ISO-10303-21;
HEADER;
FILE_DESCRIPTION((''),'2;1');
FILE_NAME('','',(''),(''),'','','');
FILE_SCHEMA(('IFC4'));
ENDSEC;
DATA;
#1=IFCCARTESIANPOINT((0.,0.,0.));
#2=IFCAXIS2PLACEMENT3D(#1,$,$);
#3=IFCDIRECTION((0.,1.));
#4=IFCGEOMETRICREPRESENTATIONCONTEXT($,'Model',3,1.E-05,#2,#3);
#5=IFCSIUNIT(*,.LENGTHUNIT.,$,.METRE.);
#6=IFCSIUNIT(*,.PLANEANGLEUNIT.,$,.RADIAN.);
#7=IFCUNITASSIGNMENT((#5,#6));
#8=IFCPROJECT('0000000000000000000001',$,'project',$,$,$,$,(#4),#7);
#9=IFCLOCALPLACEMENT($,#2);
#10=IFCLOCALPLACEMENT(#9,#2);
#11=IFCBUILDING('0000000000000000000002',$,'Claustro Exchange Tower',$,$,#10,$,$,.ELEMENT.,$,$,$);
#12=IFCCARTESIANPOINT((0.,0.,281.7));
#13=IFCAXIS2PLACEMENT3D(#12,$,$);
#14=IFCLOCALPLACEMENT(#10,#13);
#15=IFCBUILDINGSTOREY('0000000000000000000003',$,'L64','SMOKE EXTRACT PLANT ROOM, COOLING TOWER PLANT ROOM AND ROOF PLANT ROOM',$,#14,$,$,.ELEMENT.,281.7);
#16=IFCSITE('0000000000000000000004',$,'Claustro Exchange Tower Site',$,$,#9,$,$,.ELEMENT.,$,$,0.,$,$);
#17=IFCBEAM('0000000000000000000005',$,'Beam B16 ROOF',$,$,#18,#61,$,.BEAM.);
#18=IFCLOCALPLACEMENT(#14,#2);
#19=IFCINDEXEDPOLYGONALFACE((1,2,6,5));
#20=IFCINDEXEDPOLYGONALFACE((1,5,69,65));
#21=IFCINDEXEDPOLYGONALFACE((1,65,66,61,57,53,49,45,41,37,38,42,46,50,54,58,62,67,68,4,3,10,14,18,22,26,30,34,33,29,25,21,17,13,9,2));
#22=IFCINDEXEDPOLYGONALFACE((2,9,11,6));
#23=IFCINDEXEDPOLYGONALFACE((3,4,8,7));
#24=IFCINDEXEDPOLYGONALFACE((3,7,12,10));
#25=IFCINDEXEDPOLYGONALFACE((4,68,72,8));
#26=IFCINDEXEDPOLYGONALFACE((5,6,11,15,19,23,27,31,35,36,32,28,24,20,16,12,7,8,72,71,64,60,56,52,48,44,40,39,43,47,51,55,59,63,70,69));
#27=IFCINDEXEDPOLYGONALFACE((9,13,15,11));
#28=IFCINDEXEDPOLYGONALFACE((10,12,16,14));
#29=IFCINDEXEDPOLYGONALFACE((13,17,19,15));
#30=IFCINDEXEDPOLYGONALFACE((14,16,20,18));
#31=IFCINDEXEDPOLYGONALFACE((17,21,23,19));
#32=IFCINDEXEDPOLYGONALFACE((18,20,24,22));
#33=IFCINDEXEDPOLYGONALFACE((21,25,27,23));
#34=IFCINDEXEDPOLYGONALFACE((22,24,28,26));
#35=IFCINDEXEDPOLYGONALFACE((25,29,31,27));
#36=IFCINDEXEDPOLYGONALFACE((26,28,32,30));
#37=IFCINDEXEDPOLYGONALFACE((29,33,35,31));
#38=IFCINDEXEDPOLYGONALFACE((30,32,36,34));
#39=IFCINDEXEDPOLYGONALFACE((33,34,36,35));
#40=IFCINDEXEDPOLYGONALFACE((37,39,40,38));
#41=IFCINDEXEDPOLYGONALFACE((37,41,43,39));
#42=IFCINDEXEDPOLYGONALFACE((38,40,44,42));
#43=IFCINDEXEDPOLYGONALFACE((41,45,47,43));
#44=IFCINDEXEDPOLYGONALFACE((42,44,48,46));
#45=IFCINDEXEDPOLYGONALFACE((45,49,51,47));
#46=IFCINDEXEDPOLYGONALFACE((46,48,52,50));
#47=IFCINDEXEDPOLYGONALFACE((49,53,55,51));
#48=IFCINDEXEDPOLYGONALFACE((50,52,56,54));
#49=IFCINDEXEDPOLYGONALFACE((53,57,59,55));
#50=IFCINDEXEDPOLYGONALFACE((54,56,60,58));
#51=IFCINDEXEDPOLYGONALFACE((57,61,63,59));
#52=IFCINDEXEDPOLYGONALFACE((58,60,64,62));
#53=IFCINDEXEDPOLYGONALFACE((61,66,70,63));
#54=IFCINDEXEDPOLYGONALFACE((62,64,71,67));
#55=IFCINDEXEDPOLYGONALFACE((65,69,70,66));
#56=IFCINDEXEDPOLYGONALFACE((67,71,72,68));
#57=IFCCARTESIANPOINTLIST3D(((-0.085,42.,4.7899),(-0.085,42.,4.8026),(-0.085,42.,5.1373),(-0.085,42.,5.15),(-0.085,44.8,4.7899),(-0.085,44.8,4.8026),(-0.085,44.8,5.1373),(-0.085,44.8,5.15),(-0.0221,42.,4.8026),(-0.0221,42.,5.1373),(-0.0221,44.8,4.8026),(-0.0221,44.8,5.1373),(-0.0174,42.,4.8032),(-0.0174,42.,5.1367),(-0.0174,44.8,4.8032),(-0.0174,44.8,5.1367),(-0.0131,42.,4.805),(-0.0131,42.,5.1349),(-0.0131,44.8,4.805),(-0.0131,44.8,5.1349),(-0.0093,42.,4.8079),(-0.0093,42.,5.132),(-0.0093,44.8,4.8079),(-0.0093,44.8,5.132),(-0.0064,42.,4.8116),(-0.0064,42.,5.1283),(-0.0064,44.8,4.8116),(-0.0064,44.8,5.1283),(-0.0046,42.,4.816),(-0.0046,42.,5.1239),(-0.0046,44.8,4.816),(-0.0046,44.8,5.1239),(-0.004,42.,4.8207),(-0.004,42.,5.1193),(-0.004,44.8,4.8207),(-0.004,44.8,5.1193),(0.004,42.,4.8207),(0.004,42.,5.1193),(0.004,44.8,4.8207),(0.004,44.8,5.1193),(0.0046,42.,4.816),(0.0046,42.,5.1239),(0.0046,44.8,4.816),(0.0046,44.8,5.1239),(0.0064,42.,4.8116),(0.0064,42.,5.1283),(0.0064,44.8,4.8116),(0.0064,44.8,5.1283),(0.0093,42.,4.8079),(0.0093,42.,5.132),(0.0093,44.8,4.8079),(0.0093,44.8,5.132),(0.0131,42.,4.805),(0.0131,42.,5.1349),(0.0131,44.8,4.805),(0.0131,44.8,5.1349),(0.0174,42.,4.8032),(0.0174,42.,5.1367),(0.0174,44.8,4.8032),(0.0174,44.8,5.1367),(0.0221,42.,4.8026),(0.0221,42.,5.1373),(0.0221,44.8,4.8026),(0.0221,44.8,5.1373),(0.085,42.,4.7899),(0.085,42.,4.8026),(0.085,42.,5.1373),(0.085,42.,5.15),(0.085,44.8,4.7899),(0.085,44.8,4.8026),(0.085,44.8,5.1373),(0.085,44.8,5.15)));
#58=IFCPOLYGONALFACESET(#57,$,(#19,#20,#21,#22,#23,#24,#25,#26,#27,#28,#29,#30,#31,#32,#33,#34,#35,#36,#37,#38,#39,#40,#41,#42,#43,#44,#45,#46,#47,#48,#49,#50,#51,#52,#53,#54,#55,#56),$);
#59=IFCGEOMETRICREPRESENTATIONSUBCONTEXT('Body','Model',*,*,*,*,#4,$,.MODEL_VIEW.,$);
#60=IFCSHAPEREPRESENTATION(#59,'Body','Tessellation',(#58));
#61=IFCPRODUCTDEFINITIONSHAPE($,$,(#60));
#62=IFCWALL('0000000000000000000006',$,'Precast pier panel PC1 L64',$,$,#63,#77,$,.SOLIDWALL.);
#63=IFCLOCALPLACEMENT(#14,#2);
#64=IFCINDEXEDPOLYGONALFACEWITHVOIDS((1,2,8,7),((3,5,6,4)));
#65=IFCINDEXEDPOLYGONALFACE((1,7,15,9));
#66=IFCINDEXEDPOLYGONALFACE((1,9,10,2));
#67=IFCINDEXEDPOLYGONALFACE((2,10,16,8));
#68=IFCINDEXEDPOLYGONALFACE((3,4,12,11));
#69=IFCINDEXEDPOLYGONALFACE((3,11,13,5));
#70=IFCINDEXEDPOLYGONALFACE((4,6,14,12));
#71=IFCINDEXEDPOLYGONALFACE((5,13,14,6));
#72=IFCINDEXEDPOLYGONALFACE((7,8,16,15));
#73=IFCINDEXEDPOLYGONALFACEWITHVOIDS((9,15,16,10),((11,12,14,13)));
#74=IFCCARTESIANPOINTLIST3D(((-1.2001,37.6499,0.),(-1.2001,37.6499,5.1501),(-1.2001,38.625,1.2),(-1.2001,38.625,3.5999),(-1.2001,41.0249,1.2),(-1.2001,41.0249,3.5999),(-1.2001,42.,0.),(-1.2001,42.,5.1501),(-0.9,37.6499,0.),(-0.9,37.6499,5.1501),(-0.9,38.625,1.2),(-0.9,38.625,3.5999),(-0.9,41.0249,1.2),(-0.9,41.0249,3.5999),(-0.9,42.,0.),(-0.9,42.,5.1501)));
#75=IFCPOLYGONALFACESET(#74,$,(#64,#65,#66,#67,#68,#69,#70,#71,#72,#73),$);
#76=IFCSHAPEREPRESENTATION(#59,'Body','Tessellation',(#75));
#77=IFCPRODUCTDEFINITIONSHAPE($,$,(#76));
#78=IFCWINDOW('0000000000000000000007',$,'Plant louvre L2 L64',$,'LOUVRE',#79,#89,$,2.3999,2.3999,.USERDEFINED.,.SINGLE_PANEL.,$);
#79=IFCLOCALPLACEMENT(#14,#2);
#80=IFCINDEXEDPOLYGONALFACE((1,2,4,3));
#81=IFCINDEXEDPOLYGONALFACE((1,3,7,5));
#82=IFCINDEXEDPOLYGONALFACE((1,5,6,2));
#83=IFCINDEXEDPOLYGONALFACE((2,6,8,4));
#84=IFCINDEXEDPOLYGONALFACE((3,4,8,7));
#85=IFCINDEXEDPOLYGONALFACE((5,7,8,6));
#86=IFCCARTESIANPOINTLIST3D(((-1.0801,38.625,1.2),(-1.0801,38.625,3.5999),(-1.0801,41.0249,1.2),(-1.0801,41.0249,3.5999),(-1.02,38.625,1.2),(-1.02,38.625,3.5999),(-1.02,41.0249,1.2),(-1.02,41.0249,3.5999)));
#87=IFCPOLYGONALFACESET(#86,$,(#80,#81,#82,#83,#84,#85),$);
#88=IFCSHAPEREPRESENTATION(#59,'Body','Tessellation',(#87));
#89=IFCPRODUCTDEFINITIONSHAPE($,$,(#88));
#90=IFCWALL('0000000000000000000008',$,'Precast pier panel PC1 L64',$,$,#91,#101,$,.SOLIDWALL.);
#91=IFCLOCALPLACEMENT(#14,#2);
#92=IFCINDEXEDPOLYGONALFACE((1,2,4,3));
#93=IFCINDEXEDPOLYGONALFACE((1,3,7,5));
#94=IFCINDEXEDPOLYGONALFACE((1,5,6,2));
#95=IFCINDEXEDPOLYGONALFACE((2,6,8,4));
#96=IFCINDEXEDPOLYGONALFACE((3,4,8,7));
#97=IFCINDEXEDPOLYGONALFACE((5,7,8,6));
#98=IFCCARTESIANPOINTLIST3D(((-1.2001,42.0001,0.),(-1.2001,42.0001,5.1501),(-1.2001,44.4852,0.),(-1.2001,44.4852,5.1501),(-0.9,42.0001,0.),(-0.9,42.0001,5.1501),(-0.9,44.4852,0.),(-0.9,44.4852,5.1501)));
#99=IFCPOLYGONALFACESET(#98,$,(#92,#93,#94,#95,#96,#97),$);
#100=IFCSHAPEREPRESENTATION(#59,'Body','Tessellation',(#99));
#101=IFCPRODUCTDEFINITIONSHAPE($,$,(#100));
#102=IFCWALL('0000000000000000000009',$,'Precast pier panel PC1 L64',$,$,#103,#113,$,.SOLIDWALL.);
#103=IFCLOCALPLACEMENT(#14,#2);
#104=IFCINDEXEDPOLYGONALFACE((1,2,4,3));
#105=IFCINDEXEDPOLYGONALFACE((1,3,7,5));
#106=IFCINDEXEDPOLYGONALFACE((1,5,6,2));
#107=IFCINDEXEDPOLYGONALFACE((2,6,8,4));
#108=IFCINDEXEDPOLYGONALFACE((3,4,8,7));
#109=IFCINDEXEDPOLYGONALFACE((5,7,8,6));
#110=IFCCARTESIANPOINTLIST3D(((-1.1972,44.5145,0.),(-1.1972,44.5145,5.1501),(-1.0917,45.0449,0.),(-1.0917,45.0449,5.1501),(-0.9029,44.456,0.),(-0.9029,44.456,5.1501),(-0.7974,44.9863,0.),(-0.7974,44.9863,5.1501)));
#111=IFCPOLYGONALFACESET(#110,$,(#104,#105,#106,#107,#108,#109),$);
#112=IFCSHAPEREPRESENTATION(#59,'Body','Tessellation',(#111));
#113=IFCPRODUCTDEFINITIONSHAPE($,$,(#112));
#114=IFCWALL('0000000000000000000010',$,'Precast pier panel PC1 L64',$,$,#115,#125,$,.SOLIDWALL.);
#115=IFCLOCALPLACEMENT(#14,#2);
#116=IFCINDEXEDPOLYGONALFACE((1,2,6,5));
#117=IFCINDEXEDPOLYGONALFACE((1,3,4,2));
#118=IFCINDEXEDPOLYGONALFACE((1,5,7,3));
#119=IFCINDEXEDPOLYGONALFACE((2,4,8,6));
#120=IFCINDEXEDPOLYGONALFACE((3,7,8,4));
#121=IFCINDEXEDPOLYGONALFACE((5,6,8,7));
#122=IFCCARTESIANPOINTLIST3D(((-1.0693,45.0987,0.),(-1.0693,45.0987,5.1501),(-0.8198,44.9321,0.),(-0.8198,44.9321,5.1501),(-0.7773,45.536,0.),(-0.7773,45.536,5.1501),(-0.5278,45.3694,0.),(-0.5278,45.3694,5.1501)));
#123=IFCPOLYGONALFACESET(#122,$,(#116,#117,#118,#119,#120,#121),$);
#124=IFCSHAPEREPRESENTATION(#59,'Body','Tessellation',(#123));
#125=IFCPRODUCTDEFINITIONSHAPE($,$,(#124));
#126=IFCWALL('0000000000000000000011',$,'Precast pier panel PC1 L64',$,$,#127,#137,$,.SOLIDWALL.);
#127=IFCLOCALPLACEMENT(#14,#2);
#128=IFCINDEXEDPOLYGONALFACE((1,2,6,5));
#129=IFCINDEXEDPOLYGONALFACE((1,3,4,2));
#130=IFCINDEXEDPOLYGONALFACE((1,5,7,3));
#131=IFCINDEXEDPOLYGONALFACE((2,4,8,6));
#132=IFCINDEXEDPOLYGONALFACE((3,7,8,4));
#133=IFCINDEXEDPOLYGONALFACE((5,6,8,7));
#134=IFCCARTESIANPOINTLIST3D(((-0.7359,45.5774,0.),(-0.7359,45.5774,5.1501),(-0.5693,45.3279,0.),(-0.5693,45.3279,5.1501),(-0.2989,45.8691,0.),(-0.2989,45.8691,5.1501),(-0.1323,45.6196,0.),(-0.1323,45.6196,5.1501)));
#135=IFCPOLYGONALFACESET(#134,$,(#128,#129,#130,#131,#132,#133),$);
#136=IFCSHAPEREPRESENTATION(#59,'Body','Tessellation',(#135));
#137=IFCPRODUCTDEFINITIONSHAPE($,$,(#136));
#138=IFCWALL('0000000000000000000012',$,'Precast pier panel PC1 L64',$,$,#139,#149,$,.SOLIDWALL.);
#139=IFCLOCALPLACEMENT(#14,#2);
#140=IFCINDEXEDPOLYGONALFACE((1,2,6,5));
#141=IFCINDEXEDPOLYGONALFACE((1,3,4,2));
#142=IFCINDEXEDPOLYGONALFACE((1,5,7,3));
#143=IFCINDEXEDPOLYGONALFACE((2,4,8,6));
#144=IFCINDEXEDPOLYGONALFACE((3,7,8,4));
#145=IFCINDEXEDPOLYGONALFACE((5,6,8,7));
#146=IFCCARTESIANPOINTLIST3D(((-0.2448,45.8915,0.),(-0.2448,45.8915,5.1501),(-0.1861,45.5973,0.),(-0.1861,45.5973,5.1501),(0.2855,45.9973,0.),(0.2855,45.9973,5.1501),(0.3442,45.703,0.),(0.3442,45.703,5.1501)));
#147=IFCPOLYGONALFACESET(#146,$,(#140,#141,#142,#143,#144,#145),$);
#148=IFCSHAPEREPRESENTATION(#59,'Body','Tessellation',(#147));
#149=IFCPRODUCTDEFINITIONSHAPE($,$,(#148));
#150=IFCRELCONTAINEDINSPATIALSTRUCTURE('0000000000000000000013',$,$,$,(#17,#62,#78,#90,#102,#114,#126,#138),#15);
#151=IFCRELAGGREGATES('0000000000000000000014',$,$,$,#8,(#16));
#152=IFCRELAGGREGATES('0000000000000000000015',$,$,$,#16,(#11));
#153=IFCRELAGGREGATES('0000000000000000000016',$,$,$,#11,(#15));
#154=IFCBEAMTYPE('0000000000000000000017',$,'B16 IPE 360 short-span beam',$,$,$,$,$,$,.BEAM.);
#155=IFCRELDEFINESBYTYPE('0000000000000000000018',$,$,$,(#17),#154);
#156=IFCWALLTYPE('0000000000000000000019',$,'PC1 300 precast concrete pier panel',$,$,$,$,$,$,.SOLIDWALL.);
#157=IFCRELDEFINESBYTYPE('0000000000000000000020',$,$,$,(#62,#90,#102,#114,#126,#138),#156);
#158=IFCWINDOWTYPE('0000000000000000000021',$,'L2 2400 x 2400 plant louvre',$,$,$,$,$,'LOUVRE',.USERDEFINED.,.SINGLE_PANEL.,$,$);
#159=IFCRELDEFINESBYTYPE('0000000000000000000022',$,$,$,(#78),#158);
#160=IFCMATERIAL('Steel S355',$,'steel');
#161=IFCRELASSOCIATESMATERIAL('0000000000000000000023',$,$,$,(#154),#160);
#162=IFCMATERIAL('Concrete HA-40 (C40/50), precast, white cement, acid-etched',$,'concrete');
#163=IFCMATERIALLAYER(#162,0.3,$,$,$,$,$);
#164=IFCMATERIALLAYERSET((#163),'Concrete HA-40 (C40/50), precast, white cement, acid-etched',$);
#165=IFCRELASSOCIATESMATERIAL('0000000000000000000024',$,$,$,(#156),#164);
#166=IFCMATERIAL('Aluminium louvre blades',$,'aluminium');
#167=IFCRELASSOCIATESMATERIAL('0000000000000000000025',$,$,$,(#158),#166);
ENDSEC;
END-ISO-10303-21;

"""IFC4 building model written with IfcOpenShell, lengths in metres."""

from ifc_helpers import new_model, si_unit, direction, frame, frame_2d, origin, origin_2d, place, context, subcontext, project, spatial, rectangle, i_section, extrude, material, layer, layer_set, material_profile, profile_set, type_object, element, fill, save


model = new_model("IFC4")

# Units and contexts
model_context = context("Model", 3, precision=1e-05, world=origin(), true_north=direction((0.0, 1.0)))
body_context = subcontext(model_context, "Body", "Model", "MODEL_VIEW")
ifc_project = project(units=[si_unit("LENGTHUNIT", "METRE"), si_unit("PLANEANGLEUNIT", "RADIAN")], contexts=[model_context])

# Site, building, storey
site_placement = place(None, origin())
site = spatial("IfcSite", under=ifc_project, at=site_placement, Name="Claustro Exchange Tower Site", CompositionType="ELEMENT", RefElevation=0.0)
building_placement = place(site_placement, origin())
building = spatial("IfcBuilding", under=site, at=building_placement, Name="Claustro Exchange Tower", CompositionType="ELEMENT")
storey_placement = place(building_placement, frame((0.0, 0.0, 281.7)))
storey = spatial("IfcBuildingStorey", under=building, at=storey_placement, Name="L64", Description="SMOKE EXTRACT PLANT ROOM, COOLING TOWER PLANT ROOM AND ROOF PLANT ROOM", CompositionType="ELEMENT", Elevation=281.7)

# Beam
ifc_material_1 = material(Name="Steel S355", Category="steel")
ifc_material_profile_1 = material_profile(ifc_material_1, i_section(OverallWidth=0.1699, OverallDepth=0.3601, WebThickness=0.0081, FlangeThickness=0.0127, FilletRadius=0.0181, at=origin_2d()), Name="IPE 360")
ifc_profile_set_1 = profile_set([ifc_material_profile_1], Name="Steel S355")
beam_type_1 = type_object("IfcBeamType", Name="B16 IPE 360 short-span beam", PredefinedType="BEAM", material=ifc_profile_set_1)
beam_1_placement = place(storey_placement, frame((0.0, 42.0, 4.97), z_axis=(0.0, 1.0, 0.0), x_axis=(-1.0, 0.0, 0.0)))
element("IfcBeam", 1, at=beam_1_placement, inside=storey, type_object=beam_type_1, Name="Beam B16 ROOF", PredefinedType="BEAM", context=body_context, shape_type="SweptSolid", body=[
    extrude(i_section(OverallWidth=0.1699, OverallDepth=0.3601, WebThickness=0.0081, FlangeThickness=0.0127, FilletRadius=0.0181, at=origin_2d()), origin(), (0.0, 0.0, 1.0), 2.8),
])

# Wall, opening, window
ifc_material_2 = material(Name="Concrete HA-40 (C40/50), precast, white cement, acid-etched", Category="concrete")
ifc_layer_1 = layer(ifc_material_2, 0.3)
ifc_layer_set_1 = layer_set([ifc_layer_1], Name="Concrete HA-40 (C40/50), precast, white cement, acid-etched")
wall_type_1 = type_object("IfcWallType", Name="PC1 300 precast concrete pier panel", PredefinedType="SOLIDWALL", material=ifc_layer_set_1)
wall_1_placement = place(storey_placement, frame((-1.05, 37.6499, 0.0), z_axis=(0.0, 0.0, 1.0), x_axis=(0.0, 1.0, 0.0)))
wall_1 = element("IfcWall", 2, at=wall_1_placement, inside=storey, type_object=wall_type_1, Name="Precast pier panel PC1 L64", PredefinedType="SOLIDWALL", context=body_context, shape_type="SweptSolid", body=[
    extrude(rectangle(XDim=4.3501, YDim=0.3, at=frame_2d((2.175, 0.0))), origin(), (0.0, 0.0, 1.0), 5.1501),
])
opening_1_placement = place(wall_1_placement, frame((0.9751, 0.0, 1.2)))
opening_1 = element("IfcOpeningElement", 3, at=opening_1_placement, cuts=wall_1, PredefinedType="OPENING", context=body_context, shape_type="SweptSolid", body=[
    extrude(rectangle(XDim=2.3999, YDim=2.3999, at=frame_2d((1.2, 1.2))), frame((0.0, 0.1599, 0.0), z_axis=(0.0, -1.0, 0.0), x_axis=(1.0, 0.0, 0.0)), (0.0, 0.0, 1.0), 0.3201),
])
ifc_material_3 = material(Name="Aluminium louvre blades", Category="aluminium")
window_type_1 = type_object("IfcWindowType", Name="L2 2400 x 2400 plant louvre", ElementType="LOUVRE", PartitioningType="SINGLE_PANEL", PredefinedType="USERDEFINED", material=ifc_material_3)
window_1_placement = place(opening_1_placement, origin())
window_1 = element("IfcWindow", 4, at=window_1_placement, inside=storey, type_object=window_type_1, Name="Plant louvre L2 L64", ObjectType="LOUVRE", OverallHeight=2.3999, OverallWidth=2.3999, PartitioningType="SINGLE_PANEL", PredefinedType="USERDEFINED", context=body_context, shape_type="SweptSolid", body=[
    extrude(rectangle(XDim=2.3999, YDim=2.3999, at=frame_2d((1.2, 1.2))), frame((0.0, 0.03, 0.0), z_axis=(0.0, -1.0, 0.0), x_axis=(1.0, 0.0, 0.0)), (0.0, 0.0, 1.0), 0.0601),
])
fill(opening_1, window_1)

# Walls
wall_2_placement = place(storey_placement, frame((-1.05, 42.0, 0.0), z_axis=(0.0, 0.0, 1.0), x_axis=(0.0, 1.0, 0.0)))
element("IfcWall", 5, at=wall_2_placement, inside=storey, type_object=wall_type_1, Name="Precast pier panel PC1 L64", PredefinedType="SOLIDWALL", context=body_context, shape_type="SweptSolid", body=[
    extrude(rectangle(XDim=2.4851, YDim=0.3, at=frame_2d((1.2427, 0.0))), origin(), (0.0, 0.0, 1.0), 5.1501),
])
wall_3_placement = place(storey_placement, frame((-1.05, 44.4851, 0.0), z_axis=(0.0, 0.0, 1.0), x_axis=(0.195074, 0.980789, 0.0)))
element("IfcWall", 6, at=wall_3_placement, inside=storey, type_object=wall_type_1, Name="Precast pier panel PC1 L64", PredefinedType="SOLIDWALL", context=body_context, shape_type="SweptSolid", body=[
    extrude(rectangle(XDim=0.5408, YDim=0.3, at=frame_2d((0.2705, 0.0))), origin(), (0.0, 0.0, 1.0), 5.1501),
])
wall_4_placement = place(storey_placement, frame((-0.9446, 45.0154, 0.0), z_axis=(0.0, 0.0, 1.0), x_axis=(0.555343, 0.831621, 0.0)))
element("IfcWall", 7, at=wall_4_placement, inside=storey, type_object=wall_type_1, Name="Precast pier panel PC1 L64", PredefinedType="SOLIDWALL", context=body_context, shape_type="SweptSolid", body=[
    extrude(rectangle(XDim=0.5259, YDim=0.3, at=frame_2d((0.2629, 0.0))), origin(), (0.0, 0.0, 1.0), 5.1501),
])
wall_5_placement = place(storey_placement, frame((-0.6526, 45.4526, 0.0), z_axis=(0.0, 0.0, 1.0), x_axis=(0.831693, 0.555236, 0.0)))
element("IfcWall", 8, at=wall_5_placement, inside=storey, type_object=wall_type_1, Name="Precast pier panel PC1 L64", PredefinedType="SOLIDWALL", context=body_context, shape_type="SweptSolid", body=[
    extrude(rectangle(XDim=0.5254, YDim=0.3, at=frame_2d((0.2627, 0.0))), origin(), (0.0, 0.0, 1.0), 5.1501),
])
wall_6_placement = place(storey_placement, frame((-0.2156, 45.7444, 0.0), z_axis=(0.0, 0.0, 1.0), x_axis=(0.980702, 0.195508, 0.0)))
element("IfcWall", 9, at=wall_6_placement, inside=storey, type_object=wall_type_1, Name="Precast pier panel PC1 L64", PredefinedType="SOLIDWALL", context=body_context, shape_type="SweptSolid", body=[
    extrude(rectangle(XDim=0.5408, YDim=0.3, at=frame_2d((0.2705, 0.0))), origin(), (0.0, 0.0, 1.0), 5.1501),
])

save(model, "model.ifc")
